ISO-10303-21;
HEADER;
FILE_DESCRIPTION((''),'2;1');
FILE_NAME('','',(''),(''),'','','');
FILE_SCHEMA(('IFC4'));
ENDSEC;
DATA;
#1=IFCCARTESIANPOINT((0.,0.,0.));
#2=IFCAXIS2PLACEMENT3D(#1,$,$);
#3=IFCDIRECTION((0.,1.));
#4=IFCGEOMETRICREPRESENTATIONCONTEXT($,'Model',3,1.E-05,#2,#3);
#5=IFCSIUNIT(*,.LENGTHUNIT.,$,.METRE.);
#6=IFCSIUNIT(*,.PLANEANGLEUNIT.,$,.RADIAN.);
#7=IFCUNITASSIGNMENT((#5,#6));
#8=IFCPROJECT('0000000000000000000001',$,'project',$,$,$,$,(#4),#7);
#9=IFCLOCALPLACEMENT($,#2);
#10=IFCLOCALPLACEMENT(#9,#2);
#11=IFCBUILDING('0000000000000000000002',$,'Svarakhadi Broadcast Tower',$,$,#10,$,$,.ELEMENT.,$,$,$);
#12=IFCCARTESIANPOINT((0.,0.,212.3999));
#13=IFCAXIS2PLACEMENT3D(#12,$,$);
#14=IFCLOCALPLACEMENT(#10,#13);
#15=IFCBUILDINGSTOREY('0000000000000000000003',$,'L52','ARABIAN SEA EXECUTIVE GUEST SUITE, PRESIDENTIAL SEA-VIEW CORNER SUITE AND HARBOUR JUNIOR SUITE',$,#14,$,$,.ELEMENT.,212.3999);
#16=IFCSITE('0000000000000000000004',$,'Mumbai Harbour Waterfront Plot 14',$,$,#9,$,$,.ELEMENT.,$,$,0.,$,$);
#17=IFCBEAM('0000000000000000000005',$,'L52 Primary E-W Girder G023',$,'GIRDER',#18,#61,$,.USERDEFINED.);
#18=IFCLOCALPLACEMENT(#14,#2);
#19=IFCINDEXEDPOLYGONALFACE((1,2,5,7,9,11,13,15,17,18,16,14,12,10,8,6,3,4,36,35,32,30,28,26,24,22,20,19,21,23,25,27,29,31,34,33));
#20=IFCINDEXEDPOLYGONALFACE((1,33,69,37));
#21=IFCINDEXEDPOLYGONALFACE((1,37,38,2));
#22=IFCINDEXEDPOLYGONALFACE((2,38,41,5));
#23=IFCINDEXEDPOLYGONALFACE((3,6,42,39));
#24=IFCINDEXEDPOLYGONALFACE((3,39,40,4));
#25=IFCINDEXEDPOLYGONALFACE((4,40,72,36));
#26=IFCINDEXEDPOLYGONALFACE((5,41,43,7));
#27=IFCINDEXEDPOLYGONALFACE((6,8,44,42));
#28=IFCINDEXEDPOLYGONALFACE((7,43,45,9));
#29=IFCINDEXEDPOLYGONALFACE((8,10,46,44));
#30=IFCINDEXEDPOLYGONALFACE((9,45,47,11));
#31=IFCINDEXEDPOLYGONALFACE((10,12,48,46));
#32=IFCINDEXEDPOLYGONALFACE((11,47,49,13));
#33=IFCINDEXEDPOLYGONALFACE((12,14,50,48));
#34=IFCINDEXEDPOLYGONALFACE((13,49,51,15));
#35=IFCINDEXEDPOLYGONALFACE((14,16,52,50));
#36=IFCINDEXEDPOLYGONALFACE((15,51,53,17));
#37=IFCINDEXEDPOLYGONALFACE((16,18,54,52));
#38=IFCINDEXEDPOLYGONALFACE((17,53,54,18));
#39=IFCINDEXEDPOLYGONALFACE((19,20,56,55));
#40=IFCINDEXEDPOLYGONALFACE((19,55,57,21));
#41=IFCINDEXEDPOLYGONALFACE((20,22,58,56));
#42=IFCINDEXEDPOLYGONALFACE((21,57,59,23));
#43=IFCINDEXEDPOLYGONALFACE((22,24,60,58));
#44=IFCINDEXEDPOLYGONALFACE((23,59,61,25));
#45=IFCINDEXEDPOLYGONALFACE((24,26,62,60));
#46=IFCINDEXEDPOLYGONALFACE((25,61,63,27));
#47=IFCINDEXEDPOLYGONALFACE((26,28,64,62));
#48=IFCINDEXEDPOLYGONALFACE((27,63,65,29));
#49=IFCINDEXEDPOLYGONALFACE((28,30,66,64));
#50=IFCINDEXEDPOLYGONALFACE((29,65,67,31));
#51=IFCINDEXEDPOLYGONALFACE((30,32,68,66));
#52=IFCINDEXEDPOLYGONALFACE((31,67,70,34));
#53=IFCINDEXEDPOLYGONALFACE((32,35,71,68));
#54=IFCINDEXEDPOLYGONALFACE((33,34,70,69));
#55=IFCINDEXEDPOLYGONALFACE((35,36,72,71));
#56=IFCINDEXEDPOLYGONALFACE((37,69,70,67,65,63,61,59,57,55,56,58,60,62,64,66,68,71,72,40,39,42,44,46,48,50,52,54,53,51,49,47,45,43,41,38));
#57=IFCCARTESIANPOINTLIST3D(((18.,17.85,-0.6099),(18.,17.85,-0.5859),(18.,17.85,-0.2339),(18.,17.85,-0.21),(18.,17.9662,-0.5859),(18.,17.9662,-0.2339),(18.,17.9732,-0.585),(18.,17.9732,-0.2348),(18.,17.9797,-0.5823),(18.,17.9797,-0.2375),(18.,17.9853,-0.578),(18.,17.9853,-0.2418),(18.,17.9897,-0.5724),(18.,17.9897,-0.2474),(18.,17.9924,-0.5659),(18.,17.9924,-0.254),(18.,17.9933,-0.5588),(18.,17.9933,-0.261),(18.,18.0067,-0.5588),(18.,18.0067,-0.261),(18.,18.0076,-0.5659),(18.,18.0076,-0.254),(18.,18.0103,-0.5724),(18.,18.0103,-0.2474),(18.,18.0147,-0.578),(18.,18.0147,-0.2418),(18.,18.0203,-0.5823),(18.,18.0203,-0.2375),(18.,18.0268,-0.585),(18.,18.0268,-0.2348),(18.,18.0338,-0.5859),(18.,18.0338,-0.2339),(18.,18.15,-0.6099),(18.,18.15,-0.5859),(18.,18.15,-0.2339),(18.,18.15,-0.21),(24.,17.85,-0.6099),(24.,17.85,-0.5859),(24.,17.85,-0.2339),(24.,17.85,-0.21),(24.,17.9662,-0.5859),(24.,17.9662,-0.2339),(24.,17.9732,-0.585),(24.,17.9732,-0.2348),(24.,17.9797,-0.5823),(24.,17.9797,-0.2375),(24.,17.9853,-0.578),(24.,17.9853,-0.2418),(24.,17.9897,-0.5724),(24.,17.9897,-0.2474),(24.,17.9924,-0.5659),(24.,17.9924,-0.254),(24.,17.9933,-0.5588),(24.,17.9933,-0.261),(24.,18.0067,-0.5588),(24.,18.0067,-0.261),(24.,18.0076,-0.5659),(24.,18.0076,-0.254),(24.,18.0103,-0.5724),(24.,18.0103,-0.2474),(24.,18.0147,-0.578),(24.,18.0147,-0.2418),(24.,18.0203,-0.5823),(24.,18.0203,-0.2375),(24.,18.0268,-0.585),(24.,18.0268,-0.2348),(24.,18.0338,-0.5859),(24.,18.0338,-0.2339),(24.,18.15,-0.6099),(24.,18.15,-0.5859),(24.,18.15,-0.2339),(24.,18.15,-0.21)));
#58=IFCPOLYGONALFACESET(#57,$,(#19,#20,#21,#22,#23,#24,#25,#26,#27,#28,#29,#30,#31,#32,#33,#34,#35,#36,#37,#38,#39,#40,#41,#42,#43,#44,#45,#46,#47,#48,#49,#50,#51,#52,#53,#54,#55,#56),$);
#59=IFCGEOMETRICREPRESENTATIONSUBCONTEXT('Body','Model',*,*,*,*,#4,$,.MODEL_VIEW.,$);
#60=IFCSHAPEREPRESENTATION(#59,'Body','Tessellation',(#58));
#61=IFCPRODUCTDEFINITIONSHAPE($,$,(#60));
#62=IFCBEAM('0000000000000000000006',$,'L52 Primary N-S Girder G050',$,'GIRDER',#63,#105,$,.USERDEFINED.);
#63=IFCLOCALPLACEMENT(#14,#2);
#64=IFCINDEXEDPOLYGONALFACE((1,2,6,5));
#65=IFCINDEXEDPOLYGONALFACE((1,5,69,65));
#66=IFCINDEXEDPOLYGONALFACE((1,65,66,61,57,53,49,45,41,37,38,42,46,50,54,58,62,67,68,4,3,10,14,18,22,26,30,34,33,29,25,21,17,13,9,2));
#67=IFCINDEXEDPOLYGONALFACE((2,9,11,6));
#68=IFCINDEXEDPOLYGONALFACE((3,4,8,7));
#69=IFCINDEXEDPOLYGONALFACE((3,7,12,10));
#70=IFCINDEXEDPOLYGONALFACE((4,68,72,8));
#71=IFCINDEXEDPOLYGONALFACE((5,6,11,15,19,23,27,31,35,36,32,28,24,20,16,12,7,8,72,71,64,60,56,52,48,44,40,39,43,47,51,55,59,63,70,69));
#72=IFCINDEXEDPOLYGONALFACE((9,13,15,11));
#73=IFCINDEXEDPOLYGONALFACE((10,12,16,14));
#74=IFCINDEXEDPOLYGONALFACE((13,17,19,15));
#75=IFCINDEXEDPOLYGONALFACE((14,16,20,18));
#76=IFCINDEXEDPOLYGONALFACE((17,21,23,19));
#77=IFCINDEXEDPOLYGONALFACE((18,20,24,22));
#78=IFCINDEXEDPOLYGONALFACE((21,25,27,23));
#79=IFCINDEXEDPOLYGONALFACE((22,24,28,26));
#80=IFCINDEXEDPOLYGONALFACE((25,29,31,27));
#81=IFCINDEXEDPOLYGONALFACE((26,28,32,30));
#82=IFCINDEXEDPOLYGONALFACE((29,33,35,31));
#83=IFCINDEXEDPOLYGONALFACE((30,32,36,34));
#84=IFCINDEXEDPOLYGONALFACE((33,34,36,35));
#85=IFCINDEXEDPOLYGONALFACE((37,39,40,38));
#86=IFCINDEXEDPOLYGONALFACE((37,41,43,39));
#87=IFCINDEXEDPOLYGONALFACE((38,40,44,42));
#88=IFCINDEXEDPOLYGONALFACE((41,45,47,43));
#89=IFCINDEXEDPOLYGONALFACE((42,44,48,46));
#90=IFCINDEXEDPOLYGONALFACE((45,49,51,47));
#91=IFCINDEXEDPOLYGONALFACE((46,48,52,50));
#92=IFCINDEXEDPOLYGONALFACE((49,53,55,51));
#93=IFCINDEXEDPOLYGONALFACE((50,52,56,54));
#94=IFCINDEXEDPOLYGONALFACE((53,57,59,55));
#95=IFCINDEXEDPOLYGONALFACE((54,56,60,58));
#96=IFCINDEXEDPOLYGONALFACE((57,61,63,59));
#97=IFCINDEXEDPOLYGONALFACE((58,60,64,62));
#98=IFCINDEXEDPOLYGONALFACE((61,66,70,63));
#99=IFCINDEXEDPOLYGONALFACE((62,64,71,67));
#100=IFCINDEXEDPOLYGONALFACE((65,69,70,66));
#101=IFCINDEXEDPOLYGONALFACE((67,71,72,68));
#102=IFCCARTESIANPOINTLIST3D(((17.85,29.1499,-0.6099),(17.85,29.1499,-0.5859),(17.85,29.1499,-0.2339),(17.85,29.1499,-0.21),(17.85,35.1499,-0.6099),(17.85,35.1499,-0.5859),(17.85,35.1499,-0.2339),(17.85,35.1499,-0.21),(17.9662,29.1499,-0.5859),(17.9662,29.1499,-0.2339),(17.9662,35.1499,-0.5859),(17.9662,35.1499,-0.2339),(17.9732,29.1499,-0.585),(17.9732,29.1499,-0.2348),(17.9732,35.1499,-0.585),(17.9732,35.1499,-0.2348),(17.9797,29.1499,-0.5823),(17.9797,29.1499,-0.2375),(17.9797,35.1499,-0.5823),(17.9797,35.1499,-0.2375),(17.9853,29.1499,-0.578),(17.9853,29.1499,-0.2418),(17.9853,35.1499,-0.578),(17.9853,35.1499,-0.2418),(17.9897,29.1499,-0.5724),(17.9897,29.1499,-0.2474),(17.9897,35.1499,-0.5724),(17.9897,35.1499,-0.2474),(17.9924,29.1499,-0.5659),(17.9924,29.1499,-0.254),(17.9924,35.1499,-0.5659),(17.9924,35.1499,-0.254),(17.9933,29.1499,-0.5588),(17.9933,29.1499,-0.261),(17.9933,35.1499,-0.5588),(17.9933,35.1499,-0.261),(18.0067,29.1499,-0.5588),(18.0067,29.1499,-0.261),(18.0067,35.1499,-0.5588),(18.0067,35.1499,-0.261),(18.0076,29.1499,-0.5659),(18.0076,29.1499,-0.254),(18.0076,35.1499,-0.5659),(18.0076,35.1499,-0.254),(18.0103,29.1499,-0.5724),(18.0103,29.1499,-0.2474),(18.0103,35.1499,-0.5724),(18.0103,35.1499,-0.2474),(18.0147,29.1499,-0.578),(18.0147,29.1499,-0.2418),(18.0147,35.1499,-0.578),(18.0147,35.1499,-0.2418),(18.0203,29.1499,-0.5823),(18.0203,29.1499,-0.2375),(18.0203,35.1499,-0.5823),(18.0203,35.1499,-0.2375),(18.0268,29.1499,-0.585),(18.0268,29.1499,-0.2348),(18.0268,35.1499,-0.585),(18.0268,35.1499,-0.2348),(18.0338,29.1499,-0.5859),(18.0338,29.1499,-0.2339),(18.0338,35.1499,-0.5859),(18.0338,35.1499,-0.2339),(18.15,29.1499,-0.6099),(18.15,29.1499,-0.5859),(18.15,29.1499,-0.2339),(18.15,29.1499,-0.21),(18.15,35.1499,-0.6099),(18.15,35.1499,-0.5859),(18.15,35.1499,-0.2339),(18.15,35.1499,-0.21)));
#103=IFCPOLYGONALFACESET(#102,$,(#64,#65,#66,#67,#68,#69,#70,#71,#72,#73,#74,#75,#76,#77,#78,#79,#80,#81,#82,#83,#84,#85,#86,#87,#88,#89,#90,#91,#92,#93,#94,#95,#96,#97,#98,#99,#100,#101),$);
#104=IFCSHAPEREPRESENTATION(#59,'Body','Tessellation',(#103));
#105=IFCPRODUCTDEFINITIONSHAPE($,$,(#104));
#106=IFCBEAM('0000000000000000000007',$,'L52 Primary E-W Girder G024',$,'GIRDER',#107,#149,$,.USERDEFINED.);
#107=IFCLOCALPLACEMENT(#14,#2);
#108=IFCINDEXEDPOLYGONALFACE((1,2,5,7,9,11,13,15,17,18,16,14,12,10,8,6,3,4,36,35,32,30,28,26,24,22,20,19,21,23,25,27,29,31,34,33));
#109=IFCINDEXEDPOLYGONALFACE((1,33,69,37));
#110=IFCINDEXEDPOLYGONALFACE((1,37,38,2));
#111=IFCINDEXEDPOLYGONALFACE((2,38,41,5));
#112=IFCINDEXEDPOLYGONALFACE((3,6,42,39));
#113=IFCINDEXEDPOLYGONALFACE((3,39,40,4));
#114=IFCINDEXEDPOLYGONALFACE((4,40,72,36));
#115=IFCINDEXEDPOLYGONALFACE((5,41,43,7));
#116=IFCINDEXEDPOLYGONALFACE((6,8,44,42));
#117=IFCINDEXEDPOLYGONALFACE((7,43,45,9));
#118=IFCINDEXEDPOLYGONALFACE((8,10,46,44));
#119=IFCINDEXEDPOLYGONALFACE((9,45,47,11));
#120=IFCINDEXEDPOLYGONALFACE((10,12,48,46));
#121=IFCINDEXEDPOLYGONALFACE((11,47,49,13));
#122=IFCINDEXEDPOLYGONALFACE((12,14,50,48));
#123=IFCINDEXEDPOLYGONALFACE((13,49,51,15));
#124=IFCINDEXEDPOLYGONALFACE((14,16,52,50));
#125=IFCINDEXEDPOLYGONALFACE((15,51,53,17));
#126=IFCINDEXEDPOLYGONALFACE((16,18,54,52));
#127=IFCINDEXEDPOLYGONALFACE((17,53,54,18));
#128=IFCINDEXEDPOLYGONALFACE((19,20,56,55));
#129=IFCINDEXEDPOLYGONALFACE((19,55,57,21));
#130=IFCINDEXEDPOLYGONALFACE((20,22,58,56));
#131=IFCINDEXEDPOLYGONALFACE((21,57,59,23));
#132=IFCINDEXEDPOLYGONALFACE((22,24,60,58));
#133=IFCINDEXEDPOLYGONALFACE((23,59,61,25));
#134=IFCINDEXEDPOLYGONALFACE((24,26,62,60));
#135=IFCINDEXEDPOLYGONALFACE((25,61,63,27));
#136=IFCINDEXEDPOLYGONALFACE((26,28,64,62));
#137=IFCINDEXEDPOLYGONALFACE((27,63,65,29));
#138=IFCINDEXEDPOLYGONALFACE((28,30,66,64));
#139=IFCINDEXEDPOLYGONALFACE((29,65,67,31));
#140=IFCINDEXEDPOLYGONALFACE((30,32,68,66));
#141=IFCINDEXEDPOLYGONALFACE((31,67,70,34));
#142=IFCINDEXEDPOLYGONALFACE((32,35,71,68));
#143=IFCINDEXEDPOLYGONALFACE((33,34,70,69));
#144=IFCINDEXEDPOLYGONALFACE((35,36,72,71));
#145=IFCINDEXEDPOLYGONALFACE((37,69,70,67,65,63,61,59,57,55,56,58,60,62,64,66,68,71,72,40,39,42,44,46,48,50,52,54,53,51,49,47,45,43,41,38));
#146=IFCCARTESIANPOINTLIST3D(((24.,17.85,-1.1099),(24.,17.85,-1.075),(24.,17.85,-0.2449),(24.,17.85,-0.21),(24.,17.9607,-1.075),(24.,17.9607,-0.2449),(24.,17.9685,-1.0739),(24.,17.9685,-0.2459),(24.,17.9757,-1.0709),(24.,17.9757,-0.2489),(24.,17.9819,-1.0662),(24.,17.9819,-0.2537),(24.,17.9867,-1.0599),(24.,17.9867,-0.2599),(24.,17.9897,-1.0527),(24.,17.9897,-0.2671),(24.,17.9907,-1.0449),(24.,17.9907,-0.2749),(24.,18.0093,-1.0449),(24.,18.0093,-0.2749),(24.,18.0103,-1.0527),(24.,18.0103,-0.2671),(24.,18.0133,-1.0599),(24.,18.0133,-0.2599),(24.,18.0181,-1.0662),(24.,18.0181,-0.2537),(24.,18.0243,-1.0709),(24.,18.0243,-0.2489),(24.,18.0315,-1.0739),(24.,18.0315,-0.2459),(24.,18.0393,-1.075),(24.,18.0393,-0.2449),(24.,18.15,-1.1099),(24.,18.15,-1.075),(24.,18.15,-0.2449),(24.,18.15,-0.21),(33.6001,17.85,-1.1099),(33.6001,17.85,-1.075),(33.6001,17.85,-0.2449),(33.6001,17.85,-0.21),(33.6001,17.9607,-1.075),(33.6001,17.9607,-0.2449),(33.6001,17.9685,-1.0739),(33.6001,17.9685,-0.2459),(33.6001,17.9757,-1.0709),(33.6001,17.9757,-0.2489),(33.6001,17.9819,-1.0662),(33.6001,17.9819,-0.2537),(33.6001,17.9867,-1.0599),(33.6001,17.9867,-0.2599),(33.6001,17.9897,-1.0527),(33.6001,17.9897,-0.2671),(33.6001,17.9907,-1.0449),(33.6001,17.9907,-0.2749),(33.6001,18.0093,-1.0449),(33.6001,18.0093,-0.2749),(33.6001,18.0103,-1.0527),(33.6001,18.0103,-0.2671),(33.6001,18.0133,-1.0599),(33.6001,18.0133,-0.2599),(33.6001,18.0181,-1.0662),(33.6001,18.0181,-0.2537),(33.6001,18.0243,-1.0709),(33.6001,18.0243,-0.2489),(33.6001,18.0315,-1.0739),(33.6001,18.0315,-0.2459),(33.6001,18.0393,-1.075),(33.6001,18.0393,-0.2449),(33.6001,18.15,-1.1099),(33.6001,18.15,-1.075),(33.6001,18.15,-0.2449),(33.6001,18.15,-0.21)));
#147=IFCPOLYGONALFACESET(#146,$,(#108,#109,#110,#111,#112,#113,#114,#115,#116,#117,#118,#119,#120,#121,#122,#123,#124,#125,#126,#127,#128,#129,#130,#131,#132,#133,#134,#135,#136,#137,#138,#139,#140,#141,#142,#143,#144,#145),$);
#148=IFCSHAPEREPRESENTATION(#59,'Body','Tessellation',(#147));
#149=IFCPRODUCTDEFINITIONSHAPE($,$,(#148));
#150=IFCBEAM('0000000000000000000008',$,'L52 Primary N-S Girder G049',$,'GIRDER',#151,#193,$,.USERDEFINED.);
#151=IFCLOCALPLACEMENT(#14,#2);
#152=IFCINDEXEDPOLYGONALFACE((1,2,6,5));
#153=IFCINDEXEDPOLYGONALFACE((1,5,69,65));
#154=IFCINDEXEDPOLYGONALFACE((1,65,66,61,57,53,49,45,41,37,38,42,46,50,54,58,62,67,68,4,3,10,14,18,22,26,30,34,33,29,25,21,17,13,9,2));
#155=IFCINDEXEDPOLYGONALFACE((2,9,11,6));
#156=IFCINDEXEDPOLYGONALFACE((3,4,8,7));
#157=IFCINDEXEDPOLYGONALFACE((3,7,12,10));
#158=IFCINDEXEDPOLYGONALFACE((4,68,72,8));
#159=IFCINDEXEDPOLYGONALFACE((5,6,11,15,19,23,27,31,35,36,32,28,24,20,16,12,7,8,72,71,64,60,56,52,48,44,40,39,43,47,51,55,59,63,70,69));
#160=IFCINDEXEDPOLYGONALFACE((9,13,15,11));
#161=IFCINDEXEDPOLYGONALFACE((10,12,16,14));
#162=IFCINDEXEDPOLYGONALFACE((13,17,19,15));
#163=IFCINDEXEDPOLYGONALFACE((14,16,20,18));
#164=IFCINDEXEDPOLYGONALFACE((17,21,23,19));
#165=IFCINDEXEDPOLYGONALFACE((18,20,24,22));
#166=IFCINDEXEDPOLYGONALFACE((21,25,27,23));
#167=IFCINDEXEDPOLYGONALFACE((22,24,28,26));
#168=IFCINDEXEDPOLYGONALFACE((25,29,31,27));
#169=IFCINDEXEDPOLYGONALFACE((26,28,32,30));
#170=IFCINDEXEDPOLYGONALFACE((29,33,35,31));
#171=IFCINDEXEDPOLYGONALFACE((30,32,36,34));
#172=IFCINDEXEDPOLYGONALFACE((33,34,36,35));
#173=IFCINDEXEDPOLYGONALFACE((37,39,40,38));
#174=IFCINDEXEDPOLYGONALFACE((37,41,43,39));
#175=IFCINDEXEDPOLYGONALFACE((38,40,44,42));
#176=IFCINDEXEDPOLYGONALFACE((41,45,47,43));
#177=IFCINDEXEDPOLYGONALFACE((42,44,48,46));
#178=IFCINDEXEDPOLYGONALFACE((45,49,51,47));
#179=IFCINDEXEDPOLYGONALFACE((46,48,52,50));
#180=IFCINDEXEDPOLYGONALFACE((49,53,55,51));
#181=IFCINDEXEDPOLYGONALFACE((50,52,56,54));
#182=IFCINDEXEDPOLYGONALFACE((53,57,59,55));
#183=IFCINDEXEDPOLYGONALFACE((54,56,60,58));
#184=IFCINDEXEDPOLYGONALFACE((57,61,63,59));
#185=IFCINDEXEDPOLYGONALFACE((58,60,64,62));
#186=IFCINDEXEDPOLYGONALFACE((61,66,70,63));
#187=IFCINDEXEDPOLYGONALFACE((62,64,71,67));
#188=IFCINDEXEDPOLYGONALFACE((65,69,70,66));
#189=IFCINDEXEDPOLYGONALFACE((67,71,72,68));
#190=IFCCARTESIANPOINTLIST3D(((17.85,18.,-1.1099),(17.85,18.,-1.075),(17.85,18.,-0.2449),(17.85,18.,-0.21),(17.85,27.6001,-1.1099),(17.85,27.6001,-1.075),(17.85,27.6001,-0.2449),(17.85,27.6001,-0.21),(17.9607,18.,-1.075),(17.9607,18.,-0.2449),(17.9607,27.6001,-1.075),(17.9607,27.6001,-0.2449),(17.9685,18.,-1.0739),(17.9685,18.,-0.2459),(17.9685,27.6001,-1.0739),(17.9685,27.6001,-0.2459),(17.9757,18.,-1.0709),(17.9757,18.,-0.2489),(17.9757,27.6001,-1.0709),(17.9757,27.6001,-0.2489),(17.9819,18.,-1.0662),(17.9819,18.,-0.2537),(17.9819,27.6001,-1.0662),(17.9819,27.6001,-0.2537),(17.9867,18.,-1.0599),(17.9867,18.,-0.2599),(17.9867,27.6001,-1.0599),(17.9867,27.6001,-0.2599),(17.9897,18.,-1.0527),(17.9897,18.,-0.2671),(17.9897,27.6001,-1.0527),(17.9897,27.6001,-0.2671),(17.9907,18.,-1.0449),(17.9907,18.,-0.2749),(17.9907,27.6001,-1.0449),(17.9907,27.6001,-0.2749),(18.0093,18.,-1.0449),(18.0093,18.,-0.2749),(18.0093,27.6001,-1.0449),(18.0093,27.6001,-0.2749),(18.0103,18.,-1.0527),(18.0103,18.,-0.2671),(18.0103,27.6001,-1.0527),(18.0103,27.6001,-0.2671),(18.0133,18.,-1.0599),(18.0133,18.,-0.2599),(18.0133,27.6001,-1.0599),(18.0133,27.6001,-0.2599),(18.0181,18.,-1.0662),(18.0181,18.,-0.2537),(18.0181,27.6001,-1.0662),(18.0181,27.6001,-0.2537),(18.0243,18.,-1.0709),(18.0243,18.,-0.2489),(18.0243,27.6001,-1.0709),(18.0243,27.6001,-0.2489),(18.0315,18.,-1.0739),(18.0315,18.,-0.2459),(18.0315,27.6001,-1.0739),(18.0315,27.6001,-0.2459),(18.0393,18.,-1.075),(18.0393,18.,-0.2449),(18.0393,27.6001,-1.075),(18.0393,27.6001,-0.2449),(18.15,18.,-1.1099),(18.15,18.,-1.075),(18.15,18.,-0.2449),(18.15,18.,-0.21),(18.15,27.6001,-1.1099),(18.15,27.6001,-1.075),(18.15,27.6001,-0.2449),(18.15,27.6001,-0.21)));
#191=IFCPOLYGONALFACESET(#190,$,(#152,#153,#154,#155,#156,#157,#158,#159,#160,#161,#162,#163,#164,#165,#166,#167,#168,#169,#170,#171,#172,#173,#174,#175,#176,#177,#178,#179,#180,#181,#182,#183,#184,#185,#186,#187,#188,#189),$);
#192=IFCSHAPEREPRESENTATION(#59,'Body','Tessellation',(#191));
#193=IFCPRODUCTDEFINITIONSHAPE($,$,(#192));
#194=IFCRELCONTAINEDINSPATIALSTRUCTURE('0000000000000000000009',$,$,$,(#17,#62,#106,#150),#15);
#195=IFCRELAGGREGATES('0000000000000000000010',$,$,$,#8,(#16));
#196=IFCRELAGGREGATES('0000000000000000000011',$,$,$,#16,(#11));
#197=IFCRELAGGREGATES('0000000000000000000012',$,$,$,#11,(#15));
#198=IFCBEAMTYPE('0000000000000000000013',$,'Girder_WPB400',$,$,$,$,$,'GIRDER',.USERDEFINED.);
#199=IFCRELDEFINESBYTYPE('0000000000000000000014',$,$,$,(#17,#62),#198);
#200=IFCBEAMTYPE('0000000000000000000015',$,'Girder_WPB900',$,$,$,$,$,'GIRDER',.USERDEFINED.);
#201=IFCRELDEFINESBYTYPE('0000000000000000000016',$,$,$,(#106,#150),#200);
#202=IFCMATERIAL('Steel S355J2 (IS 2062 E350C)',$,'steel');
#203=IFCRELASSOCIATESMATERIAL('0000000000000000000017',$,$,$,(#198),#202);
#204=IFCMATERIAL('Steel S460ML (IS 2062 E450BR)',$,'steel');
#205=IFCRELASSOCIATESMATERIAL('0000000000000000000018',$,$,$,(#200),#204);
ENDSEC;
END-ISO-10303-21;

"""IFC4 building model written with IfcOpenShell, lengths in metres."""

from ifc_helpers import new_model, si_unit, direction, frame, origin, origin_2d, place, context, subcontext, project, spatial, i_section, extrude, material, material_profile, profile_set, type_object, element, save


model = new_model("IFC4")

# Units and contexts
model_context = context("Model", 3, precision=1e-05, world=origin(), true_north=direction((0.0, 1.0)))
body_context = subcontext(model_context, "Body", "Model", "MODEL_VIEW")
ifc_project = project(units=[si_unit("LENGTHUNIT", "METRE"), si_unit("PLANEANGLEUNIT", "RADIAN")], contexts=[model_context])

# Site, building, storey
site_placement = place(None, origin())
site = spatial("IfcSite", under=ifc_project, at=site_placement, Name="Mumbai Harbour Waterfront Plot 14", CompositionType="ELEMENT", RefElevation=0.0)
building_placement = place(site_placement, origin())
building = spatial("IfcBuilding", under=site, at=building_placement, Name="Svarakhadi Broadcast Tower", CompositionType="ELEMENT")
storey_placement = place(building_placement, frame((0.0, 0.0, 212.3999)))
storey = spatial("IfcBuildingStorey", under=building, at=storey_placement, Name="L52", Description="ARABIAN SEA EXECUTIVE GUEST SUITE, PRESIDENTIAL SEA-VIEW CORNER SUITE AND HARBOUR JUNIOR SUITE", CompositionType="ELEMENT", Elevation=212.3999)

# Shared definitions
ifc_material_1 = material(Name="Steel S355J2 (IS 2062 E350C)", Category="steel")

# Beams
ifc_material_profile_1 = material_profile(ifc_material_1, i_section(OverallWidth=0.3, OverallDepth=0.3999, WebThickness=0.0134, FlangeThickness=0.0239, FilletRadius=0.0271, at=origin_2d()), Name="WPB 400x300x155")
ifc_profile_set_1 = profile_set([ifc_material_profile_1], Name="Steel S355J2 (IS 2062 E350C)")
beam_type_1 = type_object("IfcBeamType", Name="Girder_WPB400", ElementType="GIRDER", PredefinedType="USERDEFINED", material=ifc_profile_set_1)
for number, where, z_axis, x_axis, name in (
    (1, (18.0, 18.0, -0.4099), (1.0, 0.0, 0.0), (0.0, 1.0, 0.0), "L52 Primary E-W Girder G023"),
    (2, (18.0, 29.1499, -0.4099), (0.0, 1.0, 0.0), (-1.0, 0.0, 0.0), "L52 Primary N-S Girder G050"),
):
    element("IfcBeam", number, at=place(storey_placement, frame(where, z_axis=z_axis, x_axis=x_axis)), inside=storey, type_object=beam_type_1, Name=name, ObjectType="GIRDER", PredefinedType="USERDEFINED", context=body_context, shape_type="SweptSolid", body=[
        extrude(i_section(OverallWidth=0.3, OverallDepth=0.3999, WebThickness=0.0134, FlangeThickness=0.0239, FilletRadius=0.0271, at=origin_2d()), origin(), (0.0, 0.0, 1.0), 6.0),
    ])
ifc_material_2 = material(Name="Steel S460ML (IS 2062 E450BR)", Category="steel")
ifc_material_profile_2 = material_profile(ifc_material_2, i_section(OverallWidth=0.3, OverallDepth=0.8999, WebThickness=0.0186, FlangeThickness=0.0349, FilletRadius=0.03, at=origin_2d()), Name="WPB 900x300x291")
ifc_profile_set_2 = profile_set([ifc_material_profile_2], Name="Steel S460ML (IS 2062 E450BR)")
beam_type_2 = type_object("IfcBeamType", Name="Girder_WPB900", ElementType="GIRDER", PredefinedType="USERDEFINED", material=ifc_profile_set_2)
for number, where, z_axis, x_axis, name in (
    (3, (24.0, 18.0, -0.6599), (1.0, 0.0, 0.0), (0.0, 1.0, 0.0), "L52 Primary E-W Girder G024"),
    (4, (18.0, 18.0, -0.6599), (0.0, 1.0, 0.0), (-1.0, 0.0, 0.0), "L52 Primary N-S Girder G049"),
):
    element("IfcBeam", number, at=place(storey_placement, frame(where, z_axis=z_axis, x_axis=x_axis)), inside=storey, type_object=beam_type_2, Name=name, ObjectType="GIRDER", PredefinedType="USERDEFINED", context=body_context, shape_type="SweptSolid", body=[
        extrude(i_section(OverallWidth=0.3, OverallDepth=0.8999, WebThickness=0.0186, FlangeThickness=0.0349, FilletRadius=0.03, at=origin_2d()), origin(), (0.0, 0.0, 1.0), 9.6001),
    ])

save(model, "model.ifc")
